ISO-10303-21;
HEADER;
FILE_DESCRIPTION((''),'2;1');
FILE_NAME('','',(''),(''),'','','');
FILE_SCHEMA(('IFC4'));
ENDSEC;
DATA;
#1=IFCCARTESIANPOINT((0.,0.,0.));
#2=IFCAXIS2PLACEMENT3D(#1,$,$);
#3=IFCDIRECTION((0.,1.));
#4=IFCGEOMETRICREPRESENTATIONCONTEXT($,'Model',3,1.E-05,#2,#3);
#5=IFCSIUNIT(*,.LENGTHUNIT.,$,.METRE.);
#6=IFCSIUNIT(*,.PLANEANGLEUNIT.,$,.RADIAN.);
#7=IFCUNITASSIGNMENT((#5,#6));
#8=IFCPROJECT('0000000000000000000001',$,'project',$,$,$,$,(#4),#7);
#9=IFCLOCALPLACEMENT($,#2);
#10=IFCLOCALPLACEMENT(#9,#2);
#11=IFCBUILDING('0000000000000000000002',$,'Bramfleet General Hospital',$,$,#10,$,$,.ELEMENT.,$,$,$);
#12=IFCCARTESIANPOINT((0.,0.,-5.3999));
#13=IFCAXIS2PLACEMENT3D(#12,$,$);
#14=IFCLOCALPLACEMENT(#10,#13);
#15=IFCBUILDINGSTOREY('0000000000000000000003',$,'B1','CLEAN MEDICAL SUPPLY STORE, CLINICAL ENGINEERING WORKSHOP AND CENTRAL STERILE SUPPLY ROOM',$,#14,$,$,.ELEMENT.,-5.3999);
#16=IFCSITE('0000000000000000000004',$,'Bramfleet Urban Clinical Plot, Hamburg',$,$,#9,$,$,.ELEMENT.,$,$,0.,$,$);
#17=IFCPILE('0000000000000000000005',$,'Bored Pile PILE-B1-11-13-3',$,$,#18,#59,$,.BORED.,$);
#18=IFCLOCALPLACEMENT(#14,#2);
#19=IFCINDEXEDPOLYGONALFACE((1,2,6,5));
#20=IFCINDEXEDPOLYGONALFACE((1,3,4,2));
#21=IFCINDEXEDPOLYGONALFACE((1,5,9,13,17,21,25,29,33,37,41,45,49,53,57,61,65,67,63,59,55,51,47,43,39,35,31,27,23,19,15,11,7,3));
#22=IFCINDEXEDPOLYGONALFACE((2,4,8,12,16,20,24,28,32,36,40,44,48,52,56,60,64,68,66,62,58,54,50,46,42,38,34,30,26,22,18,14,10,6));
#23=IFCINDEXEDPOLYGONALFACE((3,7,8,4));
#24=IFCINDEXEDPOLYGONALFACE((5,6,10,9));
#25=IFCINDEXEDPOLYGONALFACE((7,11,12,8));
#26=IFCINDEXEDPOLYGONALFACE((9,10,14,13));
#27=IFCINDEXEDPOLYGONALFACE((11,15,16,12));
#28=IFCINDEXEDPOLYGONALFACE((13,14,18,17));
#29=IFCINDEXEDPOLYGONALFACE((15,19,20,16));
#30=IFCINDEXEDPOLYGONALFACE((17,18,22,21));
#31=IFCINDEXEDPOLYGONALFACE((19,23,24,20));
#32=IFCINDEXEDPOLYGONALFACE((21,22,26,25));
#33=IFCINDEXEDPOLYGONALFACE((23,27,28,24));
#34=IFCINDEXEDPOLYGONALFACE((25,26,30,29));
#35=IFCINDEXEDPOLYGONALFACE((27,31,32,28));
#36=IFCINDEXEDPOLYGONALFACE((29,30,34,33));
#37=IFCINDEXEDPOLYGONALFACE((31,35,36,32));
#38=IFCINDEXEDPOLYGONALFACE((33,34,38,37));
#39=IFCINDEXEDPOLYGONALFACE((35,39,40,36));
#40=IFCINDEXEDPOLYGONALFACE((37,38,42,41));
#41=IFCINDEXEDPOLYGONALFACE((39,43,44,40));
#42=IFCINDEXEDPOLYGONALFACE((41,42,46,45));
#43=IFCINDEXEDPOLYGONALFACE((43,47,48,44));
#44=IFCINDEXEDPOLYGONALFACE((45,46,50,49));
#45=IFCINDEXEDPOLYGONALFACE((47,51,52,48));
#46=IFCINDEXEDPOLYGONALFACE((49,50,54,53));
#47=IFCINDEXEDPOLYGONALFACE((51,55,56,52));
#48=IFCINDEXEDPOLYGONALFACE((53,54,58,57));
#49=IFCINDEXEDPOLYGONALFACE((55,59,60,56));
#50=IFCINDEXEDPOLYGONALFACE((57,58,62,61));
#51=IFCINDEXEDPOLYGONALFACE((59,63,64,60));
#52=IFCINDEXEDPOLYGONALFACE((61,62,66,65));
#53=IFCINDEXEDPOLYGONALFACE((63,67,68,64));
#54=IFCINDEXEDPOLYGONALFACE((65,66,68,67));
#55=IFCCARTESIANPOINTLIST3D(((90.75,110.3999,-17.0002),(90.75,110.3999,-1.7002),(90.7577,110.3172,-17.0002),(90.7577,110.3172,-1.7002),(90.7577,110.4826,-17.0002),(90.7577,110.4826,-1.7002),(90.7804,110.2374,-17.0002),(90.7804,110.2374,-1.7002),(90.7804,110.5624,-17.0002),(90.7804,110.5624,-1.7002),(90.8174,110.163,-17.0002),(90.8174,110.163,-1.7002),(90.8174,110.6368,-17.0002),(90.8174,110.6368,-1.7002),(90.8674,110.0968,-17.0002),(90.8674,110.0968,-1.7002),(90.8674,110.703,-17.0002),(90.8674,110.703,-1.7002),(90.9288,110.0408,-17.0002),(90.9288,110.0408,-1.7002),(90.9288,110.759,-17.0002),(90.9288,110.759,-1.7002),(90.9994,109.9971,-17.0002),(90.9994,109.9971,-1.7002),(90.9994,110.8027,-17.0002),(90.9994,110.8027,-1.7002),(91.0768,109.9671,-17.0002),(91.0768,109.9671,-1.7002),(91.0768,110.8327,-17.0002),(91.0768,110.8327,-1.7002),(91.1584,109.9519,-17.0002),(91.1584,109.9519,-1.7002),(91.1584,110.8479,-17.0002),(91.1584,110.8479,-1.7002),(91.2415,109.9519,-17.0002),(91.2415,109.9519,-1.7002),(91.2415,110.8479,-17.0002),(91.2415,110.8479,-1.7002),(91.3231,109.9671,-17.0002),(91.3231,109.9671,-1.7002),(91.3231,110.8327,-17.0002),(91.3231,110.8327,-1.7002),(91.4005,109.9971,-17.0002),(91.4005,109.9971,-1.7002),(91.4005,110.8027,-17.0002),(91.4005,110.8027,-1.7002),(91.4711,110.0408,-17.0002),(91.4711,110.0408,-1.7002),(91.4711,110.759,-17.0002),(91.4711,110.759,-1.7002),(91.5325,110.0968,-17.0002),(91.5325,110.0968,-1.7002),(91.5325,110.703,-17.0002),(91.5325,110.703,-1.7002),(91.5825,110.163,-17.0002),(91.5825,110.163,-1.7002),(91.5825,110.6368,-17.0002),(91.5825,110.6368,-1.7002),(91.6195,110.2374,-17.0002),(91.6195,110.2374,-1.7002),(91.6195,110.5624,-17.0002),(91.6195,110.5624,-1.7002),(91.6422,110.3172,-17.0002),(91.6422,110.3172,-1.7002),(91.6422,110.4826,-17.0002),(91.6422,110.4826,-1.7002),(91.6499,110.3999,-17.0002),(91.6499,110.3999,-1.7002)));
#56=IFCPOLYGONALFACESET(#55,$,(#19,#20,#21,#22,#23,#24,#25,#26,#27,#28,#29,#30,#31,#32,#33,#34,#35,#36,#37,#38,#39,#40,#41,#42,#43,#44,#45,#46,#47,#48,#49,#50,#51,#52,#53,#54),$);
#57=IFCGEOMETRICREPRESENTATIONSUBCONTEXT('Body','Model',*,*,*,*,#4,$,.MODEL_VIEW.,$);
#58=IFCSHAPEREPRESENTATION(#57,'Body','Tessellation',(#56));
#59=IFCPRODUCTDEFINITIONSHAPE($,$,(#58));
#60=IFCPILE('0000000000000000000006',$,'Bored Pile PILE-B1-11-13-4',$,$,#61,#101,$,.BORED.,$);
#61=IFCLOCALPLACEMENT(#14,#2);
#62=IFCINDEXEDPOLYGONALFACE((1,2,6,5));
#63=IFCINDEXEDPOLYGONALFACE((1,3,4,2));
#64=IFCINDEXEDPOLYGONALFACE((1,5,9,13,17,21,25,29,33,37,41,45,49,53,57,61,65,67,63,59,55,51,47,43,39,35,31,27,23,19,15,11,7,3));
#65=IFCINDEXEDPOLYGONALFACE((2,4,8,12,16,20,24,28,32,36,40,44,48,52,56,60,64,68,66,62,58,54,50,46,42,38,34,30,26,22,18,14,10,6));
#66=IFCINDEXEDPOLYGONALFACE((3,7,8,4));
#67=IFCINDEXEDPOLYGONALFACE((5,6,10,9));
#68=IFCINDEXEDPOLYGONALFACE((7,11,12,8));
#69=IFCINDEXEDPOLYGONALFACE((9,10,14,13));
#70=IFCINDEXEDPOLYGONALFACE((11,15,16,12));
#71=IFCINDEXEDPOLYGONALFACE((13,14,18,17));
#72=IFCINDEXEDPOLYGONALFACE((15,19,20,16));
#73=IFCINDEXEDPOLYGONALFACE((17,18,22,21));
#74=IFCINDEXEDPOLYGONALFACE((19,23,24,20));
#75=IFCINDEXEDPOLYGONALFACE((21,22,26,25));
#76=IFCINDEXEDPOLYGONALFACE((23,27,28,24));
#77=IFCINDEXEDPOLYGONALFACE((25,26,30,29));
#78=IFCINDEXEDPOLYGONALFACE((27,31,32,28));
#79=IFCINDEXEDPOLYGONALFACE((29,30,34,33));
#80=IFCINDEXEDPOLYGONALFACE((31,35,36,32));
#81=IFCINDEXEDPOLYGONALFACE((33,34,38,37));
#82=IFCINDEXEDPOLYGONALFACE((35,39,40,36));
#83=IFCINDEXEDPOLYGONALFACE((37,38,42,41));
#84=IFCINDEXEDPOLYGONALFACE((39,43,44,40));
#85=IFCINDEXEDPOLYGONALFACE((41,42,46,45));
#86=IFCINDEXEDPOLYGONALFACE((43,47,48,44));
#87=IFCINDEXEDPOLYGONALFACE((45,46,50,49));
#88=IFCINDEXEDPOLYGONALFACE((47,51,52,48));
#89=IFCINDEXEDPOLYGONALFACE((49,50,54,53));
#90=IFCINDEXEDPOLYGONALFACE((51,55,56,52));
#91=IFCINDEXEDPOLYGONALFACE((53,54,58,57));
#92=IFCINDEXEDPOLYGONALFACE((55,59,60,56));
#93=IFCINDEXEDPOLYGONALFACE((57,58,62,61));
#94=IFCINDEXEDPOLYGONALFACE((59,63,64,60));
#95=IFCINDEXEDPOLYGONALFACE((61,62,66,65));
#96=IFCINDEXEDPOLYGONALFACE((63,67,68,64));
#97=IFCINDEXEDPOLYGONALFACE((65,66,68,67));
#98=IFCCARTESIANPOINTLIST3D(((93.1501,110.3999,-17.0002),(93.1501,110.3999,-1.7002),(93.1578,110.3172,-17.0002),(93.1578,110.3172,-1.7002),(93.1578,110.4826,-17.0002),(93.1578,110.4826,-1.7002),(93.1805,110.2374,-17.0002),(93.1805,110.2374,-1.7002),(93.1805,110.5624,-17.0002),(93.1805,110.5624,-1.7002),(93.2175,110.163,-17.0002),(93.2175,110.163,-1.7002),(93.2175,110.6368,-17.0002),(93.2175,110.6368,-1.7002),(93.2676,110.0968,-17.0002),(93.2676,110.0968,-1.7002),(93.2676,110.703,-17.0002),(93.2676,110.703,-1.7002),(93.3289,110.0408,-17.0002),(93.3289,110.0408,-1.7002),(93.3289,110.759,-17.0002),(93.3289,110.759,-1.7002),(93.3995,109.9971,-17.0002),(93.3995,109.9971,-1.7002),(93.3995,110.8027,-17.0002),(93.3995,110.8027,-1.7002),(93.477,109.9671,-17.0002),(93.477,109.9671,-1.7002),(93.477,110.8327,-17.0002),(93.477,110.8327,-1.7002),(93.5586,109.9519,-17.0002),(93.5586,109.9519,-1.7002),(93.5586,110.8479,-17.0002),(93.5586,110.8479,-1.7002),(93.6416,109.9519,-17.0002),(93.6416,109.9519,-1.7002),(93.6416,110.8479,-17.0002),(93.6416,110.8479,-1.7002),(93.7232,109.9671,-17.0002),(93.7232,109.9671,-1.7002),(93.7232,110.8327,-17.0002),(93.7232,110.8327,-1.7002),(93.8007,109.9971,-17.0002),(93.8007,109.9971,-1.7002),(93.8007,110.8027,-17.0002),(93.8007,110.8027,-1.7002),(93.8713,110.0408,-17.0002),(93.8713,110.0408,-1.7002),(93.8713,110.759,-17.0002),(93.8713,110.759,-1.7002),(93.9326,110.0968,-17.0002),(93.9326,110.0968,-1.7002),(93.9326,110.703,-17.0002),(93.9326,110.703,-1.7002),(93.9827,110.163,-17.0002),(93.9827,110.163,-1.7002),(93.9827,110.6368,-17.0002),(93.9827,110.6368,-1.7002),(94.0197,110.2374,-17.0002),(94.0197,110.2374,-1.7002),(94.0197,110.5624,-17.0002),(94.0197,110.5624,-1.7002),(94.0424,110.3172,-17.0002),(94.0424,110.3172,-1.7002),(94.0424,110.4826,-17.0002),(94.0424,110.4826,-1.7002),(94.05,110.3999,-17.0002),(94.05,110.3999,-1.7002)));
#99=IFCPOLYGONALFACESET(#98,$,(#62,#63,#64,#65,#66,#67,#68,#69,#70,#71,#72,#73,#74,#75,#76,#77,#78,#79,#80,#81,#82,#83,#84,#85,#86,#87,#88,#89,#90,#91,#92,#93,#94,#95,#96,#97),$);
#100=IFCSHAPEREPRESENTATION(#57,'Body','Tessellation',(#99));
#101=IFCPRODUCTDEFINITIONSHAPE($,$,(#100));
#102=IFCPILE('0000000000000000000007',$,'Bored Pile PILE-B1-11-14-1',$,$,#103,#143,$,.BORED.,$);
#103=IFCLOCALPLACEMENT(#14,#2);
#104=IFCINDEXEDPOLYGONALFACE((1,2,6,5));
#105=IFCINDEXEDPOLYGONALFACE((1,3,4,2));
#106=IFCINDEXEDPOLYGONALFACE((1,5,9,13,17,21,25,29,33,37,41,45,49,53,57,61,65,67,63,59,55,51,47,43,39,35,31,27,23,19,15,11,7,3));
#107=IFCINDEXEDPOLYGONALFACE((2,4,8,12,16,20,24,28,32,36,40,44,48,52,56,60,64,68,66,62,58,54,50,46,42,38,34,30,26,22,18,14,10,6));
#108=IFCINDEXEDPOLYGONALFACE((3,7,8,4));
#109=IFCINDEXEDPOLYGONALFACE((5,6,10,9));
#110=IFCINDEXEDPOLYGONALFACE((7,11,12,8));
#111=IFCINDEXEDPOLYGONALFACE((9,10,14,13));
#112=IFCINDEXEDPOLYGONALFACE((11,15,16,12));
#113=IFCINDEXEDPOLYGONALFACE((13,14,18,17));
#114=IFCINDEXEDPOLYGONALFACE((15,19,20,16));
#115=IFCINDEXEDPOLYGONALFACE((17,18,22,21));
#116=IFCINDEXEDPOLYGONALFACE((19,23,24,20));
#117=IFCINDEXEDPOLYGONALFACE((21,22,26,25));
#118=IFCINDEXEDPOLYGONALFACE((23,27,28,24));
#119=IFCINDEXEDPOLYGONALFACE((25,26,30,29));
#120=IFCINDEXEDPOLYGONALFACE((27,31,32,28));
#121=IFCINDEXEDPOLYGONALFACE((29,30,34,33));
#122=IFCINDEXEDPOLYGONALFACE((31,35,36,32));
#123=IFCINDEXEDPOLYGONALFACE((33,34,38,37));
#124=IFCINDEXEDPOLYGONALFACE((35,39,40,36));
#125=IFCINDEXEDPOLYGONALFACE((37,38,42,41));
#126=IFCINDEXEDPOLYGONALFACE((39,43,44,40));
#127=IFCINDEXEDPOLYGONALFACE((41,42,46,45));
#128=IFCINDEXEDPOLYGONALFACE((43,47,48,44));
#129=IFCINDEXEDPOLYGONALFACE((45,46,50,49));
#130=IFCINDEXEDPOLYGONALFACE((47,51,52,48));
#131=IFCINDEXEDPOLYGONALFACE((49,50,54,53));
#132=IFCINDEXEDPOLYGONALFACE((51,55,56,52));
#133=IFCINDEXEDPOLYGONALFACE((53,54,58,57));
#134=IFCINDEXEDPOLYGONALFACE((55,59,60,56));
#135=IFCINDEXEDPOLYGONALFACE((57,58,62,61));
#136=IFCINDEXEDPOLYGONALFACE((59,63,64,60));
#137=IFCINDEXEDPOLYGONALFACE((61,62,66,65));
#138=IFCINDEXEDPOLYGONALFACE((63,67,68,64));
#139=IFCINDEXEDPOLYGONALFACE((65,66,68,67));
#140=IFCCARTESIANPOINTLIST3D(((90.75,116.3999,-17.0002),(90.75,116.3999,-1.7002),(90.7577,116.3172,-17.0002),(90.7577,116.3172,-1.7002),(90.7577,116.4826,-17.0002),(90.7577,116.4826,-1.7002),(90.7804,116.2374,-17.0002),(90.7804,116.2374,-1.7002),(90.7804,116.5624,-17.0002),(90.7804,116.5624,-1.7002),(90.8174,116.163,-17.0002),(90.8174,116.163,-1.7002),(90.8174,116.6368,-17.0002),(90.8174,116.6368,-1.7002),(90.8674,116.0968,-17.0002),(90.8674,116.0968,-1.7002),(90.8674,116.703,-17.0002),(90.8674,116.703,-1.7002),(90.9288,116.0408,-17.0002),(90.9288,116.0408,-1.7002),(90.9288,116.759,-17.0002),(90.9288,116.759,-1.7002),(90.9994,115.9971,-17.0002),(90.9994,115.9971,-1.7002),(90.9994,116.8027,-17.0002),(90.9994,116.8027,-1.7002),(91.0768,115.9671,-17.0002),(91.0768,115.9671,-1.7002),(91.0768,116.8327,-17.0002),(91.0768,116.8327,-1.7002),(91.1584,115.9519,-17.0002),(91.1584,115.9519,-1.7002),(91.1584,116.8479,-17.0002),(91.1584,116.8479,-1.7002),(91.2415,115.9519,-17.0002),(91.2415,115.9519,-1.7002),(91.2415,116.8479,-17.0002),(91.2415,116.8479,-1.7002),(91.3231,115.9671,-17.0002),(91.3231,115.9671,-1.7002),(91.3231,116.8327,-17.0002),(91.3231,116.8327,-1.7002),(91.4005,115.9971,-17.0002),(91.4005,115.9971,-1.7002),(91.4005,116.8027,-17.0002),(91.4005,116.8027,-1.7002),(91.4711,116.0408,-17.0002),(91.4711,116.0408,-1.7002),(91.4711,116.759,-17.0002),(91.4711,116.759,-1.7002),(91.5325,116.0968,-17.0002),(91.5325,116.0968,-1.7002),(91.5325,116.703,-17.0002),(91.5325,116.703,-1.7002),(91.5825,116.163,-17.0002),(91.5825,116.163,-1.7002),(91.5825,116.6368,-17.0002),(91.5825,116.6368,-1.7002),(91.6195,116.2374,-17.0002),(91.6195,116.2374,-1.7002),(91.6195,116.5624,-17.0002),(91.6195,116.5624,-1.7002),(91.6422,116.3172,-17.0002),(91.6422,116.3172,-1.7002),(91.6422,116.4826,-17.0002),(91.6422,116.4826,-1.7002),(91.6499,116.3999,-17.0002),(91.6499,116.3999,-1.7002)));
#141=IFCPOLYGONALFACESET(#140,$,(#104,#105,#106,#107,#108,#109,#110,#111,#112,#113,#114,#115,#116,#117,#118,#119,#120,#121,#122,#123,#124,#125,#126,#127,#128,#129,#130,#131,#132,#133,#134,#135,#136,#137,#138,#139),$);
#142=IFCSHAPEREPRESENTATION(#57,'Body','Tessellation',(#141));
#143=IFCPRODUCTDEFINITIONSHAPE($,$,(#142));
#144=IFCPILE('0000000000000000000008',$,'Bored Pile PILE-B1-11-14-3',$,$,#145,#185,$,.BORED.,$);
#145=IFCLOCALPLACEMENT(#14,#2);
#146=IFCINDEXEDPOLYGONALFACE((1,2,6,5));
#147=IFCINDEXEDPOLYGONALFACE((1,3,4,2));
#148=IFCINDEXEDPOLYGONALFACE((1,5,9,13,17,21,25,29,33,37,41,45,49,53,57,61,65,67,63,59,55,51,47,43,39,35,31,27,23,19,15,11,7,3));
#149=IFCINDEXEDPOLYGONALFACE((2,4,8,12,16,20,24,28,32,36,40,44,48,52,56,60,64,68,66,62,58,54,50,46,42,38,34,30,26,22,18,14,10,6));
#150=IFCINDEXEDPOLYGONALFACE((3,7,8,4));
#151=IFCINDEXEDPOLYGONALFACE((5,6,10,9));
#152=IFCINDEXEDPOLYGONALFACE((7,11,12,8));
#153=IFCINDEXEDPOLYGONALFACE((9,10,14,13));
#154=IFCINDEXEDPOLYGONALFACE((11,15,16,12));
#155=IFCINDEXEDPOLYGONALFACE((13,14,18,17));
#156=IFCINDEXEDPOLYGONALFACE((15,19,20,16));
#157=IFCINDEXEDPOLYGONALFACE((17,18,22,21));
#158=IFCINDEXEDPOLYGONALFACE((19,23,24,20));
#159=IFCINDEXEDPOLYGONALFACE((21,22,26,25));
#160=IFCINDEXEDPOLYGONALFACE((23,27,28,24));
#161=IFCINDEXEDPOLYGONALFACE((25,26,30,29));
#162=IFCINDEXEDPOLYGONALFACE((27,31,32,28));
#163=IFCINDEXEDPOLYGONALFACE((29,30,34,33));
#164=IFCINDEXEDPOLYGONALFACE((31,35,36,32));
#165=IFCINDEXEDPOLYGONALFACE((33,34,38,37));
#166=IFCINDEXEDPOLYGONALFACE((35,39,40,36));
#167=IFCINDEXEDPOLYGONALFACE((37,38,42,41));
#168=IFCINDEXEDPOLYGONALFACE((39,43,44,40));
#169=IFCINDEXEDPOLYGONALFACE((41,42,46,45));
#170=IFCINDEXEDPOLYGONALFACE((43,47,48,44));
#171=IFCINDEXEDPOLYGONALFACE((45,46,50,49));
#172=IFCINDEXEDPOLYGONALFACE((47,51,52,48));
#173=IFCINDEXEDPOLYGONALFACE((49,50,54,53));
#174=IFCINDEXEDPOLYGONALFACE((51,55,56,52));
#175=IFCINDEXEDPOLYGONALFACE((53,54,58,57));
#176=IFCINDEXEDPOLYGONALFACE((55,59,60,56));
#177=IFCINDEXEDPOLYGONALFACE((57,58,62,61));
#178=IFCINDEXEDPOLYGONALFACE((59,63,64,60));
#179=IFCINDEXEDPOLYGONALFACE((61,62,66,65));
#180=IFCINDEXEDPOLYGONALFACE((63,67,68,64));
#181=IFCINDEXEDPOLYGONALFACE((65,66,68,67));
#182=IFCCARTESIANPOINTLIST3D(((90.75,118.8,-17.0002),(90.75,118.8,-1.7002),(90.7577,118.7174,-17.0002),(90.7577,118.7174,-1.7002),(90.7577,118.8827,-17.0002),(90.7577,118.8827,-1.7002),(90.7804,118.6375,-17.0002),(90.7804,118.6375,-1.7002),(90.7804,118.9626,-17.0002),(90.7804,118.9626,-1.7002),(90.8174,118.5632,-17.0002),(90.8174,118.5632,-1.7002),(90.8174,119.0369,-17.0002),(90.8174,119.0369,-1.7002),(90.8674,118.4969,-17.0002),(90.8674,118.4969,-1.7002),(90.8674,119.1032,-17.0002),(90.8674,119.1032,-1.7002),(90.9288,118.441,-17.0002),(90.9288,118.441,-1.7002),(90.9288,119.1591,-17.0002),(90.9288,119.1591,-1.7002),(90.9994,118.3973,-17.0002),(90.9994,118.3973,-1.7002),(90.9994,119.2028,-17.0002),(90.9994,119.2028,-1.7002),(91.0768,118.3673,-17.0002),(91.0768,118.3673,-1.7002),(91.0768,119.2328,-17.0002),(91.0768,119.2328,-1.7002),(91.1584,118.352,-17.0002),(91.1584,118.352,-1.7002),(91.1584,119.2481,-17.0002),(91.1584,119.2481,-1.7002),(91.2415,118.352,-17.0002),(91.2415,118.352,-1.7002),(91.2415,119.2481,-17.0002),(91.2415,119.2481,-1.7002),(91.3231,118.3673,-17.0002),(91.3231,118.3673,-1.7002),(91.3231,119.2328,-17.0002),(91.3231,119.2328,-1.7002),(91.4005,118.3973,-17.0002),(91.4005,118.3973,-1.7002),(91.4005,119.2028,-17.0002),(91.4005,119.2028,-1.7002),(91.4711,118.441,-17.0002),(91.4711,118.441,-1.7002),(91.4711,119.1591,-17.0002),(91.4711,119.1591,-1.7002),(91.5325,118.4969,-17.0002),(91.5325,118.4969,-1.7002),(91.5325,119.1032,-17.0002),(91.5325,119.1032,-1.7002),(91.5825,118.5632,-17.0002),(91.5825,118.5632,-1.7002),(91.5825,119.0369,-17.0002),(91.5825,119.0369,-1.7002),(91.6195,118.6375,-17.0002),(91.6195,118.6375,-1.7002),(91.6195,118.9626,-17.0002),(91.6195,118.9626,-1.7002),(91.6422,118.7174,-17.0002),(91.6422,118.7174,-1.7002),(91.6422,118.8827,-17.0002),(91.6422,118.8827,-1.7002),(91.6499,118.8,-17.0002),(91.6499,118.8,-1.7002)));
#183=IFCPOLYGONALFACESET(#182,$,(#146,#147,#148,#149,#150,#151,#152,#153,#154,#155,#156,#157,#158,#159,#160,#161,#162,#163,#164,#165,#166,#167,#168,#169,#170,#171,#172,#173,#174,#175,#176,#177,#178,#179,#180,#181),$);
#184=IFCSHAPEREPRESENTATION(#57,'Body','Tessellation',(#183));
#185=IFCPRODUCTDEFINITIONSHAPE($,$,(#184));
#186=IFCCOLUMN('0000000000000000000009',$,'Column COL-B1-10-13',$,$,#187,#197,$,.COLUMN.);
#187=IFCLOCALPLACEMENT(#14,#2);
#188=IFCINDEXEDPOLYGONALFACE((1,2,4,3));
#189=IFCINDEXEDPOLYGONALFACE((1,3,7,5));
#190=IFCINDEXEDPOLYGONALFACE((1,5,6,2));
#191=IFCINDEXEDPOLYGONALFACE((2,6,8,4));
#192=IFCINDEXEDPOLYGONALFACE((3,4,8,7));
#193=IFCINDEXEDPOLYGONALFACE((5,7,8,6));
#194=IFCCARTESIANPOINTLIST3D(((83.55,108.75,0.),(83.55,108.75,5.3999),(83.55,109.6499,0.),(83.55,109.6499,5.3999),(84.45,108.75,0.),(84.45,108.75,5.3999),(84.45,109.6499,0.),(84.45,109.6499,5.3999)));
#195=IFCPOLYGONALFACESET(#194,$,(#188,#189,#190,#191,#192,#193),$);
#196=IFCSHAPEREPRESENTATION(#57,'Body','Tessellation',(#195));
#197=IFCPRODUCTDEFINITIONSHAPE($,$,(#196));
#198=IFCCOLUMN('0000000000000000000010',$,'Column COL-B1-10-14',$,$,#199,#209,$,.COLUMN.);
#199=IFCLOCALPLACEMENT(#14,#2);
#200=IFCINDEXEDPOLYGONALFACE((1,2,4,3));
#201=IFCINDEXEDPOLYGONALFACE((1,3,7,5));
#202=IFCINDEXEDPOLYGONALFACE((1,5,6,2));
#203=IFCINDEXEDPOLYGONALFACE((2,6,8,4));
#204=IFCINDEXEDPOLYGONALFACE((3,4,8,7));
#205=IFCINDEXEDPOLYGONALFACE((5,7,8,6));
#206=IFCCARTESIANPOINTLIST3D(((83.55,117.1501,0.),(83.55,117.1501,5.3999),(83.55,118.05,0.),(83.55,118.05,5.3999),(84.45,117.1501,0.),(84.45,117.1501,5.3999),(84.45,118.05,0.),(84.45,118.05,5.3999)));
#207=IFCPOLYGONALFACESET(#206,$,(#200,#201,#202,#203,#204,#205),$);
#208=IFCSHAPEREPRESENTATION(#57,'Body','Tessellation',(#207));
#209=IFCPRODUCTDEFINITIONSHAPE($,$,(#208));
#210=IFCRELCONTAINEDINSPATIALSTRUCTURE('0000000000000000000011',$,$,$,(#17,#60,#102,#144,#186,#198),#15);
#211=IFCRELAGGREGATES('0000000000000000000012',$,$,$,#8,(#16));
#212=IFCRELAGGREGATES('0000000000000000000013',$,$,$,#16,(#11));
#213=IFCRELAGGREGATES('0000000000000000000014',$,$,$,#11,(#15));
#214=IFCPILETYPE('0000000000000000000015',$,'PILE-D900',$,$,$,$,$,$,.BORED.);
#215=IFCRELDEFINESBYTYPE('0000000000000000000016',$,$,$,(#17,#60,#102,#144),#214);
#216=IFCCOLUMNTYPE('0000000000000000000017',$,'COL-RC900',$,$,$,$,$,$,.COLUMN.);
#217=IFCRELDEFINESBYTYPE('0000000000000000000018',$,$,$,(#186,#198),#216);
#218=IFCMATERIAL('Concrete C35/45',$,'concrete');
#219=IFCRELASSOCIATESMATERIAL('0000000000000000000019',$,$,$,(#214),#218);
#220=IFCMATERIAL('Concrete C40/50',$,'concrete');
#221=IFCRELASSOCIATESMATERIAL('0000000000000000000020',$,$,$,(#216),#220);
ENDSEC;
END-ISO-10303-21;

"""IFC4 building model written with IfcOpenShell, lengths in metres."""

from ifc_helpers import new_model, si_unit, direction, frame, origin, origin_2d, place, context, subcontext, project, spatial, rectangle, circle, extrude, material, material_profile, profile_set, type_object, element, save


model = new_model("IFC4")

# Units and contexts
model_context = context("Model", 3, precision=1e-05, world=origin(), true_north=direction((0.0, 1.0)))
body_context = subcontext(model_context, "Body", "Model", "MODEL_VIEW")
ifc_project = project(units=[si_unit("LENGTHUNIT", "METRE"), si_unit("PLANEANGLEUNIT", "RADIAN")], contexts=[model_context])

# Site, building, storey
site_placement = place(None, origin())
site = spatial("IfcSite", under=ifc_project, at=site_placement, Name="Bramfleet Urban Clinical Plot, Hamburg", CompositionType="ELEMENT", RefElevation=0.0)
building_placement = place(site_placement, origin())
building = spatial("IfcBuilding", under=site, at=building_placement, Name="Bramfleet General Hospital", CompositionType="ELEMENT")
storey_placement = place(building_placement, frame((0.0, 0.0, -5.3999)))
storey = spatial("IfcBuildingStorey", under=building, at=storey_placement, Name="B1", Description="CLEAN MEDICAL SUPPLY STORE, CLINICAL ENGINEERING WORKSHOP AND CENTRAL STERILE SUPPLY ROOM", CompositionType="ELEMENT", Elevation=-5.3999)

# Shared definitions
ifc_material_1 = material(Name="Concrete C35/45", Category="concrete")

# Piles
ifc_material_profile_1 = material_profile(ifc_material_1, circle(Radius=0.45, at=origin_2d()), Name="PILE BORED D900")
ifc_profile_set_1 = profile_set([ifc_material_profile_1], Name="Concrete C35/45")
pile_type = type_object("IfcPileType", Name="PILE-D900", PredefinedType="BORED", material=ifc_profile_set_1)
for number, where, z_axis, x_axis, name in (
    (1, (91.2, 110.3999, -1.7002), (0.0, 0.0, -1.0), (1.0, 0.0, 0.0), "Bored Pile PILE-B1-11-13-3"),
    (2, (93.6001, 110.3999, -1.7002), (0.0, 0.0, -1.0), (1.0, 0.0, 0.0), "Bored Pile PILE-B1-11-13-4"),
    (3, (91.2, 116.3999, -1.7002), (0.0, 0.0, -1.0), (1.0, 0.0, 0.0), "Bored Pile PILE-B1-11-14-1"),
    (4, (91.2, 118.8, -1.7002), (0.0, 0.0, -1.0), (1.0, 0.0, 0.0), "Bored Pile PILE-B1-11-14-3"),
):
    element("IfcPile", number, at=place(storey_placement, frame(where, z_axis=z_axis, x_axis=x_axis)), inside=storey, type_object=pile_type, Name=name, PredefinedType="BORED", context=body_context, shape_type="SweptSolid", body=[
        extrude(circle(Radius=0.45, at=origin_2d()), origin(), (0.0, 0.0, 1.0), 15.3),
    ])

# Columns
ifc_material_2 = material(Name="Concrete C40/50", Category="concrete")
ifc_material_profile_2 = material_profile(ifc_material_2, rectangle(XDim=0.8999, YDim=0.8999, at=origin_2d()), Name="RC COL 900x900")
ifc_profile_set_2 = profile_set([ifc_material_profile_2], Name="Concrete C40/50")
column_type = type_object("IfcColumnType", Name="COL-RC900", PredefinedType="COLUMN", material=ifc_profile_set_2)
for number, where, z_axis, x_axis, name in (
    (5, (84.0, 109.2, 0.0), (0.0, 0.0, 1.0), (1.0, 0.0, 0.0), "Column COL-B1-10-13"),
    (6, (84.0, 117.6001, 0.0), (0.0, 0.0, 1.0), (1.0, 0.0, 0.0), "Column COL-B1-10-14"),
):
    element("IfcColumn", number, at=place(storey_placement, frame(where, z_axis=z_axis, x_axis=x_axis)), inside=storey, type_object=column_type, Name=name, PredefinedType="COLUMN", context=body_context, shape_type="SweptSolid", body=[
        extrude(rectangle(XDim=0.8999, YDim=0.8999, at=origin_2d()), origin(), (0.0, 0.0, 1.0), 5.3999),
    ])

save(model, "model.ifc")
